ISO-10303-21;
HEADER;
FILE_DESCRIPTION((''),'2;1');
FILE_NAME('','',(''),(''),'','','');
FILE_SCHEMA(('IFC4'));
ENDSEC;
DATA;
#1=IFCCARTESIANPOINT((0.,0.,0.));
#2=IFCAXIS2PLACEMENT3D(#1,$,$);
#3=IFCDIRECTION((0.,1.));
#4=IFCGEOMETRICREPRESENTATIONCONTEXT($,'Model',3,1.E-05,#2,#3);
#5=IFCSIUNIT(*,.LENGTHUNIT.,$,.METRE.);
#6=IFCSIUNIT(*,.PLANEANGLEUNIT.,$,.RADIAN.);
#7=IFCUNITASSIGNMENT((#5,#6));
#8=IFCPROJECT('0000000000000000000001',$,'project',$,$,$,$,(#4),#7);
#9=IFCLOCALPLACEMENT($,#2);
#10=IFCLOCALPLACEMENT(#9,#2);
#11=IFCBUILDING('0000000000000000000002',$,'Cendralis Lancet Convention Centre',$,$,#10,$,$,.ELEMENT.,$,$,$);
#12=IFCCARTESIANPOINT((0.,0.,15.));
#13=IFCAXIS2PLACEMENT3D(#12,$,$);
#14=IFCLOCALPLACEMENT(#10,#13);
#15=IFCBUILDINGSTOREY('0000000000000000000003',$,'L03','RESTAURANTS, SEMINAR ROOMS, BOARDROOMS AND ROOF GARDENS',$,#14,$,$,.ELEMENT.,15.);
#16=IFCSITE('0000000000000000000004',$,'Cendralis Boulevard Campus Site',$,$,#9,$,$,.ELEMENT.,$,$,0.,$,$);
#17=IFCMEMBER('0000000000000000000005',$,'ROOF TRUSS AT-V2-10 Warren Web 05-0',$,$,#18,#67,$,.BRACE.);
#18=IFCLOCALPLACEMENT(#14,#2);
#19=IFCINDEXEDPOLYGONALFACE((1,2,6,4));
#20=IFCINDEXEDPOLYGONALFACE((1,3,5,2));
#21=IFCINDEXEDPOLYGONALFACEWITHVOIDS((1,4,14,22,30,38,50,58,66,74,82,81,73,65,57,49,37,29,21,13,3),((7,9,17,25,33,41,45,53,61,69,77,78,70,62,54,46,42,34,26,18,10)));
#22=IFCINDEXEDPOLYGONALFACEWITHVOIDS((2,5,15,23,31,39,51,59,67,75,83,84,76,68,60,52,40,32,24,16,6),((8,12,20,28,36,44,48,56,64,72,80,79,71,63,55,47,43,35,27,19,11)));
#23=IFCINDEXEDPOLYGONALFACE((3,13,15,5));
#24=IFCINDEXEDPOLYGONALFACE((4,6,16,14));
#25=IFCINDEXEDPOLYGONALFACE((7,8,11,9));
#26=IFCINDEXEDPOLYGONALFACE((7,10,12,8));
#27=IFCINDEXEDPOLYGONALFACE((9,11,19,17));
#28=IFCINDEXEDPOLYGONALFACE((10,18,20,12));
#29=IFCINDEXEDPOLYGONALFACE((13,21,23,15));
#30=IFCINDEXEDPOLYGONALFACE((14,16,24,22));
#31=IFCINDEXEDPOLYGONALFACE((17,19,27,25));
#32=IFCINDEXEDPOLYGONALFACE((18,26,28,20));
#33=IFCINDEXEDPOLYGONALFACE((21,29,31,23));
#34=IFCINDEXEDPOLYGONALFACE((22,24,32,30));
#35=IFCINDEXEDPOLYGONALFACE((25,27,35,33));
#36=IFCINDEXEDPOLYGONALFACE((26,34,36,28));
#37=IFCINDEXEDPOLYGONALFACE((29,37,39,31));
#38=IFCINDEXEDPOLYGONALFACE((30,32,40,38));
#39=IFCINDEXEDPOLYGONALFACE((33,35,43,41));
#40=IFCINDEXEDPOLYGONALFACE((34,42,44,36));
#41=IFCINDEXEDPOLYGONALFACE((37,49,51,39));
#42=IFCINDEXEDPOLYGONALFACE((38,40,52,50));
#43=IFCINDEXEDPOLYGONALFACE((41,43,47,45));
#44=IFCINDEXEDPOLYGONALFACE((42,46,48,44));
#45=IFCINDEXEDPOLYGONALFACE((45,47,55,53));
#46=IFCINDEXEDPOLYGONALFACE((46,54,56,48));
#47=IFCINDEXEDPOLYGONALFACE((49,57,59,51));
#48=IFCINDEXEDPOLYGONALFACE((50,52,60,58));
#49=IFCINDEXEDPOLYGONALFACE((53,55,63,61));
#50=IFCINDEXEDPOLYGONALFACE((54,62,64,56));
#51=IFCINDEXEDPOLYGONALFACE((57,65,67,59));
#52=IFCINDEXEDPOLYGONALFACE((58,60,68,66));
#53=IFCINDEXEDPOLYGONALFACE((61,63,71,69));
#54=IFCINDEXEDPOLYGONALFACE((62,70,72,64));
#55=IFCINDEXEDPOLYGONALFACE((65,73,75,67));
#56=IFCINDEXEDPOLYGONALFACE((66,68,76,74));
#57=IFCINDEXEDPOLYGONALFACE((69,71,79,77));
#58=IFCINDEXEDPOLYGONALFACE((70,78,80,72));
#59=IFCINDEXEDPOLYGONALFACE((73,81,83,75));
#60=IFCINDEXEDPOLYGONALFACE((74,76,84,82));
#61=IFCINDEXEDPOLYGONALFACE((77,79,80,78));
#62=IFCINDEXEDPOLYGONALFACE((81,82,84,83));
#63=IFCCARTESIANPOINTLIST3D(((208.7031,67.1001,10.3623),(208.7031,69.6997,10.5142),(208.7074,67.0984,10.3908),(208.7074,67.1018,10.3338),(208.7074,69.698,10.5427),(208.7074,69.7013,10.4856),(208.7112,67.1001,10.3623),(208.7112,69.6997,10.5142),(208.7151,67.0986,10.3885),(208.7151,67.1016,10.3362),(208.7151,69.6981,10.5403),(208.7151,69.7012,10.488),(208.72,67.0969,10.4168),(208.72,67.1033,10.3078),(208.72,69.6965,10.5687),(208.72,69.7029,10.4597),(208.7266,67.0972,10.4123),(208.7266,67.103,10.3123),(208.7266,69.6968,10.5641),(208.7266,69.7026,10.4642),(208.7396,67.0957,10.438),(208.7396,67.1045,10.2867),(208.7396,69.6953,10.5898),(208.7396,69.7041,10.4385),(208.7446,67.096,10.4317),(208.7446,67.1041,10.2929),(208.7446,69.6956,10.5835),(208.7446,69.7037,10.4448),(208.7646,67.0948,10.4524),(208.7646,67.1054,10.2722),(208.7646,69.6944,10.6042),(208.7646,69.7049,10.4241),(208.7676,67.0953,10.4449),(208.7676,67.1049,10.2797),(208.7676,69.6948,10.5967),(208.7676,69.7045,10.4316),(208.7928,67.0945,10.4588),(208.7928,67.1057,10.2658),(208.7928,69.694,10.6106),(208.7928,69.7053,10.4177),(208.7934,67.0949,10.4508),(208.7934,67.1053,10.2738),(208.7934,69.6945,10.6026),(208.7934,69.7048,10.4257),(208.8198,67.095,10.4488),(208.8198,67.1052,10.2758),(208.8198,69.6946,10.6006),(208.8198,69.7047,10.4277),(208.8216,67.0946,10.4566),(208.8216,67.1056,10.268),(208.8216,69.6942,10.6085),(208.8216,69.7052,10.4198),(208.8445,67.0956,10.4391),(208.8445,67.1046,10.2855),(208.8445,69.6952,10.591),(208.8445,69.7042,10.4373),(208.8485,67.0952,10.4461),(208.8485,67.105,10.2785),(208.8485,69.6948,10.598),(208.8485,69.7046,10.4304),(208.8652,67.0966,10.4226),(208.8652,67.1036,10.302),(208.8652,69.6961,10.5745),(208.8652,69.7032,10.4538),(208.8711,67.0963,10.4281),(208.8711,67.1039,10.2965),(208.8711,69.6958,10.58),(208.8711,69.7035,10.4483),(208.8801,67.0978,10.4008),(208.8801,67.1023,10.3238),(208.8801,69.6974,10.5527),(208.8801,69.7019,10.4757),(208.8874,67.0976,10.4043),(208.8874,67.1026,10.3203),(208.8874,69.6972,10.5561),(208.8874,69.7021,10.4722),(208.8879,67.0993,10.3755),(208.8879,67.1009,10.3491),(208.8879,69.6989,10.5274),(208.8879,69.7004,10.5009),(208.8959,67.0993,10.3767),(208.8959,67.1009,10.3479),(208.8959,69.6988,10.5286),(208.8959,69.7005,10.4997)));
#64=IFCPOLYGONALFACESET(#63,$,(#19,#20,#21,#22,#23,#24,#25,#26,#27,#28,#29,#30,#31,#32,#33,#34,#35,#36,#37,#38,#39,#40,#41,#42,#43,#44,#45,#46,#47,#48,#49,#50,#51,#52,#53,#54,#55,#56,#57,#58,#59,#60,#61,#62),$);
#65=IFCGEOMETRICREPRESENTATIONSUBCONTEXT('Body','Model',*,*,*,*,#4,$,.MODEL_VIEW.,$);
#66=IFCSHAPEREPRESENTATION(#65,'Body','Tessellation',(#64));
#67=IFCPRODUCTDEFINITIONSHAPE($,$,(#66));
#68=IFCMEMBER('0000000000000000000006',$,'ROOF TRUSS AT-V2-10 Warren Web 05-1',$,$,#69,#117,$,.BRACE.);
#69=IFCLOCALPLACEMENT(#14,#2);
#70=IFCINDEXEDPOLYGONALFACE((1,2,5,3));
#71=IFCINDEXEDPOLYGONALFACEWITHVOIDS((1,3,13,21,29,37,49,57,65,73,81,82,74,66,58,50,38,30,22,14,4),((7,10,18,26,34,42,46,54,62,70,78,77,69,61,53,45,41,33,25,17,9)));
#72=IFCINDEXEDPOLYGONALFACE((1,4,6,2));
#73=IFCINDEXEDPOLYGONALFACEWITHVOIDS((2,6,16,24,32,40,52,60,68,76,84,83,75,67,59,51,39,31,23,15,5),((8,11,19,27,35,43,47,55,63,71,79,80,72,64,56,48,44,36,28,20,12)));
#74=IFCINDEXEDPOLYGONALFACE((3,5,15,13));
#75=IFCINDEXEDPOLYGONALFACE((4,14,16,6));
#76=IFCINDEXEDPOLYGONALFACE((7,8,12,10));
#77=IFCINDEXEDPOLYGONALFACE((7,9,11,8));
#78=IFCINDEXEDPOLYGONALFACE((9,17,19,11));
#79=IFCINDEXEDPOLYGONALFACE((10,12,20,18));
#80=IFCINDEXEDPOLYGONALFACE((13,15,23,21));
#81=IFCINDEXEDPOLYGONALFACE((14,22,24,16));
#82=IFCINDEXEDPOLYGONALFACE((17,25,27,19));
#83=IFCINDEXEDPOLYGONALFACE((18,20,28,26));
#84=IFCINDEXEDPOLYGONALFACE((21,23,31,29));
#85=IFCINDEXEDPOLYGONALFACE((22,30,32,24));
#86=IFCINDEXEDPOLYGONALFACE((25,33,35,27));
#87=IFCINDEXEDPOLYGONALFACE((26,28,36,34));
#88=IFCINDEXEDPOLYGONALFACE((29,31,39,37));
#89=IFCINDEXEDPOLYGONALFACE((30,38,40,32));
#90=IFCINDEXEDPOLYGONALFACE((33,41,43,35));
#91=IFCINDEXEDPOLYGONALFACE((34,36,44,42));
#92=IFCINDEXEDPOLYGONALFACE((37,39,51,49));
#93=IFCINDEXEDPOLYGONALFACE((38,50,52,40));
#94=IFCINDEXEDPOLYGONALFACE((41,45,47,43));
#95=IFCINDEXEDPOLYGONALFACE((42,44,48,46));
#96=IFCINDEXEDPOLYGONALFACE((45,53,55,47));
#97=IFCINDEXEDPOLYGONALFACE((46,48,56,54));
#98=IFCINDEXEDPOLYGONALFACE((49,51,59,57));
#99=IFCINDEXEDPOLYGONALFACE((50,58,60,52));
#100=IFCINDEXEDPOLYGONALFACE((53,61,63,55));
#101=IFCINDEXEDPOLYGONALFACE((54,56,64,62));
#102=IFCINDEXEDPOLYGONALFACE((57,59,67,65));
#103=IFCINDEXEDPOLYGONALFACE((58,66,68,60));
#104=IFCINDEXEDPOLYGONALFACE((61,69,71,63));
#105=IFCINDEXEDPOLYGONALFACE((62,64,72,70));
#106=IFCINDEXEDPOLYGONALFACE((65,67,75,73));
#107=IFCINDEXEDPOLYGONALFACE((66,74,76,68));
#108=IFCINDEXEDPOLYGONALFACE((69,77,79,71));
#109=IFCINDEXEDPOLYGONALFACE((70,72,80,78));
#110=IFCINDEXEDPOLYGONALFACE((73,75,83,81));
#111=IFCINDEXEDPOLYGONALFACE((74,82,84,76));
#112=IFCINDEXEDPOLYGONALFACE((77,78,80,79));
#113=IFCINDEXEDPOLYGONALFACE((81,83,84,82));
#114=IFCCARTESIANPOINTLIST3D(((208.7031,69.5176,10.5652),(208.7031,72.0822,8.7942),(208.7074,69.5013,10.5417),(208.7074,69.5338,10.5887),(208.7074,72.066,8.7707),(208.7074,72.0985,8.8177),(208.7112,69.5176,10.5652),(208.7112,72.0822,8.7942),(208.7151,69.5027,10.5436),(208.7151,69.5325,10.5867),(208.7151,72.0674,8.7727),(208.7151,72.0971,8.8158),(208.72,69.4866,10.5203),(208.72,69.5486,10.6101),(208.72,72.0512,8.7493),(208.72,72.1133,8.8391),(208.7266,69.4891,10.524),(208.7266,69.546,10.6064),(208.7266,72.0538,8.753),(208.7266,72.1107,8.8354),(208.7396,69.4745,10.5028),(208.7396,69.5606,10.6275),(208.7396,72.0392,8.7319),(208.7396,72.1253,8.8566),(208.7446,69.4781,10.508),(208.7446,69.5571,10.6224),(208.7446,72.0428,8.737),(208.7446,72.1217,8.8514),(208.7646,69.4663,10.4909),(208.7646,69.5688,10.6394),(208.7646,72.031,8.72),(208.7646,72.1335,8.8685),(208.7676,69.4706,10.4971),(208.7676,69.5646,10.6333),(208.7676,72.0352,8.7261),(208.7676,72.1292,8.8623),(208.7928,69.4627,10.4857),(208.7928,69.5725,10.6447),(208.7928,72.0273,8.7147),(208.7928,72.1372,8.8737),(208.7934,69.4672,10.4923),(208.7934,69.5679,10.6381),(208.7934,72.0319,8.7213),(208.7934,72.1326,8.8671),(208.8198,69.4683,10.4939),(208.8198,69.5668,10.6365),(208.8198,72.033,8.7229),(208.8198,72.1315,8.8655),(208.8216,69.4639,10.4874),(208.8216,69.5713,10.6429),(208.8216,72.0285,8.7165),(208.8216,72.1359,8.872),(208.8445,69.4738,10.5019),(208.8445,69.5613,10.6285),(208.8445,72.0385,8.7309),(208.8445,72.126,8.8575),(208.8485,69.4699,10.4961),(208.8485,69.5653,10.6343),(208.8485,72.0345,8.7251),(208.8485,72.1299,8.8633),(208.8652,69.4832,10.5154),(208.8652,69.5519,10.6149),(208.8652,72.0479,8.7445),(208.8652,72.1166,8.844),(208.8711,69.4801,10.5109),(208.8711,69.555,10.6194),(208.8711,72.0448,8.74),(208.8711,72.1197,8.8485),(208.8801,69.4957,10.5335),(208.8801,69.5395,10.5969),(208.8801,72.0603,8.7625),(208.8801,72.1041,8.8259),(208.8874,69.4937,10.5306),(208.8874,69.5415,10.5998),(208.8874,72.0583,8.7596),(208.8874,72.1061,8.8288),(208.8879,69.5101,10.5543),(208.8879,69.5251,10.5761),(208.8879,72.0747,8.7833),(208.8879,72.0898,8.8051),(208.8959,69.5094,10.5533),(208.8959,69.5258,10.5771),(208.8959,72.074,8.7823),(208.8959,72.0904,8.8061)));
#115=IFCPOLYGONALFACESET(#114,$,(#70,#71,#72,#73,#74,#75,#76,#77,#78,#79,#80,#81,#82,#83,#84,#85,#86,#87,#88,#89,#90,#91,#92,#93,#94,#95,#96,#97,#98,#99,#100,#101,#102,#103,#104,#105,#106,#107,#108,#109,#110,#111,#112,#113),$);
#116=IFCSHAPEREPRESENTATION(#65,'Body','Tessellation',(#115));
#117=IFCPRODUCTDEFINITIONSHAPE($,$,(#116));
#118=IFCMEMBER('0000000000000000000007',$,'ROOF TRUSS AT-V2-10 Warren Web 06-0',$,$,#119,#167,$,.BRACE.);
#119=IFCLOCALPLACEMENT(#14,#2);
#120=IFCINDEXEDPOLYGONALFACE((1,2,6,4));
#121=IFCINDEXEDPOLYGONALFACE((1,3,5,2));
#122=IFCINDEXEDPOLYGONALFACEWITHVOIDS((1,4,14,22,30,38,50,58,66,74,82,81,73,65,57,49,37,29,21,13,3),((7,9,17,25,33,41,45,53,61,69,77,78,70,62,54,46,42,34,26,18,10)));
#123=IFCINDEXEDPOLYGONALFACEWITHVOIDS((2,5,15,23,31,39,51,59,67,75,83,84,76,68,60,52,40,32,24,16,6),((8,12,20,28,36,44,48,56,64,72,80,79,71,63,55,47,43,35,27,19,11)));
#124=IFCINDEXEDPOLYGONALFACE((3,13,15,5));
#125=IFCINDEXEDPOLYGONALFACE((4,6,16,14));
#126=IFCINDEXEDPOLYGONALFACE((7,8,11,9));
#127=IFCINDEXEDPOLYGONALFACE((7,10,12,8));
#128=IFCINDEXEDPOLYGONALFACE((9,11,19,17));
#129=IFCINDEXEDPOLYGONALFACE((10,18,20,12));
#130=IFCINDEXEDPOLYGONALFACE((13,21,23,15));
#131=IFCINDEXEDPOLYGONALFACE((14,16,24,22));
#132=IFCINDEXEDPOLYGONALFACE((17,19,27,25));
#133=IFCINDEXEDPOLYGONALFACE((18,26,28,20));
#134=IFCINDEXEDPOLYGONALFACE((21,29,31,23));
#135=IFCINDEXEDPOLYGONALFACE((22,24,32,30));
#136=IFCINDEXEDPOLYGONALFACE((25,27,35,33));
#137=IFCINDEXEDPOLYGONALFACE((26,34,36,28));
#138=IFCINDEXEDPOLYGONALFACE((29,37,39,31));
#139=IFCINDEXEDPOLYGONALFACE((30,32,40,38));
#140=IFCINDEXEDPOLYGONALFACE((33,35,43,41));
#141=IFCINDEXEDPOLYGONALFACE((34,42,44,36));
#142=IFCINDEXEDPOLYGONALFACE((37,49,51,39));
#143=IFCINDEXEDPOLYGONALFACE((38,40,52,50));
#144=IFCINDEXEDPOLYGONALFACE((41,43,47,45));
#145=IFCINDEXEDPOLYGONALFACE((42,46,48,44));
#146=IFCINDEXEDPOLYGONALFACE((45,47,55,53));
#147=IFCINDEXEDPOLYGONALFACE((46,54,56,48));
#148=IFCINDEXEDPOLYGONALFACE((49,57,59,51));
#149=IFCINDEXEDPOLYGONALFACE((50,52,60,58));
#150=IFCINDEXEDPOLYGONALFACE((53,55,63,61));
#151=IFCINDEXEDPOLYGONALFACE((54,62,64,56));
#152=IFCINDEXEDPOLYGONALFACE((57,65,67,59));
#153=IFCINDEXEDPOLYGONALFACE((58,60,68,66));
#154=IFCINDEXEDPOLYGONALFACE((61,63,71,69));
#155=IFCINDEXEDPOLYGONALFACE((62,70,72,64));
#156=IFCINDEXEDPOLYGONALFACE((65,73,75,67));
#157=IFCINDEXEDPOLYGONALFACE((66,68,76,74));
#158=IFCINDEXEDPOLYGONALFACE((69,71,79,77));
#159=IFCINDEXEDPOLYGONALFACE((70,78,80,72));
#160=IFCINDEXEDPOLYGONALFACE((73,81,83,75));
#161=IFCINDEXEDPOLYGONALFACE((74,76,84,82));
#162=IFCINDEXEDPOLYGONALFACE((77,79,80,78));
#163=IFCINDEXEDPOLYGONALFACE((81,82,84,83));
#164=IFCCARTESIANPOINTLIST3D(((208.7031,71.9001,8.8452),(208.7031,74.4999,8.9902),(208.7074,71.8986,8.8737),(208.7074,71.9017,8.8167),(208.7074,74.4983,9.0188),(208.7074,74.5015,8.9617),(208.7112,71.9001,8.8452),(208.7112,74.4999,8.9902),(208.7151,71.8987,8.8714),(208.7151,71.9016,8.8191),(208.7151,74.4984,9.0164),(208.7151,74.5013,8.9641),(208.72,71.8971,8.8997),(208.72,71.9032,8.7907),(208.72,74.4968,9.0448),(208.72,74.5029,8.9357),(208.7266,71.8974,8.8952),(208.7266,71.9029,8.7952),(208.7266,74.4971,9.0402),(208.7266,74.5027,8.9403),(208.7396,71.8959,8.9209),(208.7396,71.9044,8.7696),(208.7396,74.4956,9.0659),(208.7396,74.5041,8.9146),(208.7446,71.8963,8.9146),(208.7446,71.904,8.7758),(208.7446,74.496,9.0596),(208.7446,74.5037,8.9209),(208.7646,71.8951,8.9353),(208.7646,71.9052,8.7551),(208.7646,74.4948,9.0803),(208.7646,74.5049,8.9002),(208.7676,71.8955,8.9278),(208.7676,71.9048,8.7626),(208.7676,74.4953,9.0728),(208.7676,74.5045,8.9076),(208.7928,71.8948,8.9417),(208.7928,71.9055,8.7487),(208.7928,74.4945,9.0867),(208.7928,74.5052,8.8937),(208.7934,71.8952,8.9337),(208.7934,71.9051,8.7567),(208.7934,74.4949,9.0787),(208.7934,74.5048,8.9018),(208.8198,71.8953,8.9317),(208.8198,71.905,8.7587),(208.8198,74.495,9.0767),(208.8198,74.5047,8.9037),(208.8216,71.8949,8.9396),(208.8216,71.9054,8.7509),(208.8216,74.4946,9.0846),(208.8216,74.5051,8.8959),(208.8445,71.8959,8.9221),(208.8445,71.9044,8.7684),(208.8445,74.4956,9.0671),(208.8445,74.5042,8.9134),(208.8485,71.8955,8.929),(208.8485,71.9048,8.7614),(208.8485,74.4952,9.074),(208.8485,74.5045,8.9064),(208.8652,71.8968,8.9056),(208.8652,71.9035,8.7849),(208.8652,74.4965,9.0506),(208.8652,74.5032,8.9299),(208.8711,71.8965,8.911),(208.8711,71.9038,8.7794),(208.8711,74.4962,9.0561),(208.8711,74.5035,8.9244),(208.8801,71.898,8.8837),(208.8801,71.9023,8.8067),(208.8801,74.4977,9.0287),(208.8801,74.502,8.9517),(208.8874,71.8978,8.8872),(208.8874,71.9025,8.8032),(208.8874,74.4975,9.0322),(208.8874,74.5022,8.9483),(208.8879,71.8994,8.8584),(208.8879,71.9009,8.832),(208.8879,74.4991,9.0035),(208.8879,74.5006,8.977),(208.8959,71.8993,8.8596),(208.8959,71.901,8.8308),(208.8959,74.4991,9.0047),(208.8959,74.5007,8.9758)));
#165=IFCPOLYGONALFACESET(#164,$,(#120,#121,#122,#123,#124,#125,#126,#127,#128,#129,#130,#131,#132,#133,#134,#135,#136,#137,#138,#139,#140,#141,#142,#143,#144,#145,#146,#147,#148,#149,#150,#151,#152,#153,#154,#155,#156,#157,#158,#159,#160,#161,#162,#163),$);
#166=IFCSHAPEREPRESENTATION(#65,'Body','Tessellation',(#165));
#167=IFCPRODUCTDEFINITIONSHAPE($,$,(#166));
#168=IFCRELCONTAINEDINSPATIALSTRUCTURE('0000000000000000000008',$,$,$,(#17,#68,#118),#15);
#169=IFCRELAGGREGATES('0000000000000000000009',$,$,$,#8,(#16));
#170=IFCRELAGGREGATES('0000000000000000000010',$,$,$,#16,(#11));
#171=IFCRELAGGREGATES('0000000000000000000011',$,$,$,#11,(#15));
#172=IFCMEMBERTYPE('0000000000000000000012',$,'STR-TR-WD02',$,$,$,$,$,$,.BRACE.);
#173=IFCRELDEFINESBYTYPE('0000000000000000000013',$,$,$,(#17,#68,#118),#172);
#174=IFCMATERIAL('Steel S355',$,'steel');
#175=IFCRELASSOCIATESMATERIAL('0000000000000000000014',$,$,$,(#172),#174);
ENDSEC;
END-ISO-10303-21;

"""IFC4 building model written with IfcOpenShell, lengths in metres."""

from ifc_helpers import new_model, si_unit, direction, frame, origin, origin_2d, place, context, subcontext, project, spatial, hollow_circle, extrude, material, material_profile, profile_set, type_object, element, save


model = new_model("IFC4")

# Units and contexts
model_context = context("Model", 3, precision=1e-05, world=origin(), true_north=direction((0.0, 1.0)))
body_context = subcontext(model_context, "Body", "Model", "MODEL_VIEW")
ifc_project = project(units=[si_unit("LENGTHUNIT", "METRE"), si_unit("PLANEANGLEUNIT", "RADIAN")], contexts=[model_context])

# Site, building, storey
site_placement = place(None, origin())
site = spatial("IfcSite", under=ifc_project, at=site_placement, Name="Cendralis Boulevard Campus Site", CompositionType="ELEMENT", RefElevation=0.0)
building_placement = place(site_placement, origin())
building = spatial("IfcBuilding", under=site, at=building_placement, Name="Cendralis Lancet Convention Centre", CompositionType="ELEMENT")
storey_placement = place(building_placement, frame((0.0, 0.0, 15.0)))
storey = spatial("IfcBuildingStorey", under=building, at=storey_placement, Name="L03", Description="RESTAURANTS, SEMINAR ROOMS, BOARDROOMS AND ROOF GARDENS", CompositionType="ELEMENT", Elevation=15.0)

# Members
ifc_material_1 = material(Name="Steel S355", Category="steel")
ifc_material_profile_1 = material_profile(ifc_material_1, hollow_circle(Radius=0.0969, WallThickness=0.0081, at=origin_2d()), Name="CHS 193.7x8.0")
ifc_profile_set_1 = profile_set([ifc_material_profile_1], Name="Steel S355")
member_type_1 = type_object("IfcMemberType", Name="STR-TR-WD02", PredefinedType="BRACE", material=ifc_profile_set_1)
member_1_placement = place(storey_placement, frame((208.8, 67.1001, 10.3623), z_axis=(0.0, 0.998298, 0.058315), x_axis=(-1.0, 0.0, 0.0)))
element("IfcMember", 1, at=member_1_placement, inside=storey, type_object=member_type_1, Name="ROOF TRUSS AT-V2-10 Warren Web 05-0", PredefinedType="BRACE", context=body_context, shape_type="SweptSolid", body=[
    extrude(hollow_circle(Radius=0.0969, WallThickness=0.0081, at=origin_2d()), origin(), (0.0, 0.0, 1.0), 2.604),
])
member_2_placement = place(storey_placement, frame((208.8, 69.5176, 10.5652), z_axis=(0.0, 0.822877, -0.56822), x_axis=(-1.0, 0.0, 0.0)))
element("IfcMember", 2, at=member_2_placement, inside=storey, type_object=member_type_1, Name="ROOF TRUSS AT-V2-10 Warren Web 05-1", PredefinedType="BRACE", context=body_context, shape_type="SweptSolid", body=[
    extrude(hollow_circle(Radius=0.0969, WallThickness=0.0081, at=origin_2d()), origin(), (0.0, 0.0, 1.0), 3.1167),
])
member_3_placement = place(storey_placement, frame((208.8, 71.9001, 8.8452), z_axis=(0.0, 0.998448, 0.055699), x_axis=(-1.0, 0.0, 0.0)))
element("IfcMember", 3, at=member_3_placement, inside=storey, type_object=member_type_1, Name="ROOF TRUSS AT-V2-10 Warren Web 06-0", PredefinedType="BRACE", context=body_context, shape_type="SweptSolid", body=[
    extrude(hollow_circle(Radius=0.0969, WallThickness=0.0081, at=origin_2d()), origin(), (0.0, 0.0, 1.0), 2.6038),
])

save(model, "model.ifc")
